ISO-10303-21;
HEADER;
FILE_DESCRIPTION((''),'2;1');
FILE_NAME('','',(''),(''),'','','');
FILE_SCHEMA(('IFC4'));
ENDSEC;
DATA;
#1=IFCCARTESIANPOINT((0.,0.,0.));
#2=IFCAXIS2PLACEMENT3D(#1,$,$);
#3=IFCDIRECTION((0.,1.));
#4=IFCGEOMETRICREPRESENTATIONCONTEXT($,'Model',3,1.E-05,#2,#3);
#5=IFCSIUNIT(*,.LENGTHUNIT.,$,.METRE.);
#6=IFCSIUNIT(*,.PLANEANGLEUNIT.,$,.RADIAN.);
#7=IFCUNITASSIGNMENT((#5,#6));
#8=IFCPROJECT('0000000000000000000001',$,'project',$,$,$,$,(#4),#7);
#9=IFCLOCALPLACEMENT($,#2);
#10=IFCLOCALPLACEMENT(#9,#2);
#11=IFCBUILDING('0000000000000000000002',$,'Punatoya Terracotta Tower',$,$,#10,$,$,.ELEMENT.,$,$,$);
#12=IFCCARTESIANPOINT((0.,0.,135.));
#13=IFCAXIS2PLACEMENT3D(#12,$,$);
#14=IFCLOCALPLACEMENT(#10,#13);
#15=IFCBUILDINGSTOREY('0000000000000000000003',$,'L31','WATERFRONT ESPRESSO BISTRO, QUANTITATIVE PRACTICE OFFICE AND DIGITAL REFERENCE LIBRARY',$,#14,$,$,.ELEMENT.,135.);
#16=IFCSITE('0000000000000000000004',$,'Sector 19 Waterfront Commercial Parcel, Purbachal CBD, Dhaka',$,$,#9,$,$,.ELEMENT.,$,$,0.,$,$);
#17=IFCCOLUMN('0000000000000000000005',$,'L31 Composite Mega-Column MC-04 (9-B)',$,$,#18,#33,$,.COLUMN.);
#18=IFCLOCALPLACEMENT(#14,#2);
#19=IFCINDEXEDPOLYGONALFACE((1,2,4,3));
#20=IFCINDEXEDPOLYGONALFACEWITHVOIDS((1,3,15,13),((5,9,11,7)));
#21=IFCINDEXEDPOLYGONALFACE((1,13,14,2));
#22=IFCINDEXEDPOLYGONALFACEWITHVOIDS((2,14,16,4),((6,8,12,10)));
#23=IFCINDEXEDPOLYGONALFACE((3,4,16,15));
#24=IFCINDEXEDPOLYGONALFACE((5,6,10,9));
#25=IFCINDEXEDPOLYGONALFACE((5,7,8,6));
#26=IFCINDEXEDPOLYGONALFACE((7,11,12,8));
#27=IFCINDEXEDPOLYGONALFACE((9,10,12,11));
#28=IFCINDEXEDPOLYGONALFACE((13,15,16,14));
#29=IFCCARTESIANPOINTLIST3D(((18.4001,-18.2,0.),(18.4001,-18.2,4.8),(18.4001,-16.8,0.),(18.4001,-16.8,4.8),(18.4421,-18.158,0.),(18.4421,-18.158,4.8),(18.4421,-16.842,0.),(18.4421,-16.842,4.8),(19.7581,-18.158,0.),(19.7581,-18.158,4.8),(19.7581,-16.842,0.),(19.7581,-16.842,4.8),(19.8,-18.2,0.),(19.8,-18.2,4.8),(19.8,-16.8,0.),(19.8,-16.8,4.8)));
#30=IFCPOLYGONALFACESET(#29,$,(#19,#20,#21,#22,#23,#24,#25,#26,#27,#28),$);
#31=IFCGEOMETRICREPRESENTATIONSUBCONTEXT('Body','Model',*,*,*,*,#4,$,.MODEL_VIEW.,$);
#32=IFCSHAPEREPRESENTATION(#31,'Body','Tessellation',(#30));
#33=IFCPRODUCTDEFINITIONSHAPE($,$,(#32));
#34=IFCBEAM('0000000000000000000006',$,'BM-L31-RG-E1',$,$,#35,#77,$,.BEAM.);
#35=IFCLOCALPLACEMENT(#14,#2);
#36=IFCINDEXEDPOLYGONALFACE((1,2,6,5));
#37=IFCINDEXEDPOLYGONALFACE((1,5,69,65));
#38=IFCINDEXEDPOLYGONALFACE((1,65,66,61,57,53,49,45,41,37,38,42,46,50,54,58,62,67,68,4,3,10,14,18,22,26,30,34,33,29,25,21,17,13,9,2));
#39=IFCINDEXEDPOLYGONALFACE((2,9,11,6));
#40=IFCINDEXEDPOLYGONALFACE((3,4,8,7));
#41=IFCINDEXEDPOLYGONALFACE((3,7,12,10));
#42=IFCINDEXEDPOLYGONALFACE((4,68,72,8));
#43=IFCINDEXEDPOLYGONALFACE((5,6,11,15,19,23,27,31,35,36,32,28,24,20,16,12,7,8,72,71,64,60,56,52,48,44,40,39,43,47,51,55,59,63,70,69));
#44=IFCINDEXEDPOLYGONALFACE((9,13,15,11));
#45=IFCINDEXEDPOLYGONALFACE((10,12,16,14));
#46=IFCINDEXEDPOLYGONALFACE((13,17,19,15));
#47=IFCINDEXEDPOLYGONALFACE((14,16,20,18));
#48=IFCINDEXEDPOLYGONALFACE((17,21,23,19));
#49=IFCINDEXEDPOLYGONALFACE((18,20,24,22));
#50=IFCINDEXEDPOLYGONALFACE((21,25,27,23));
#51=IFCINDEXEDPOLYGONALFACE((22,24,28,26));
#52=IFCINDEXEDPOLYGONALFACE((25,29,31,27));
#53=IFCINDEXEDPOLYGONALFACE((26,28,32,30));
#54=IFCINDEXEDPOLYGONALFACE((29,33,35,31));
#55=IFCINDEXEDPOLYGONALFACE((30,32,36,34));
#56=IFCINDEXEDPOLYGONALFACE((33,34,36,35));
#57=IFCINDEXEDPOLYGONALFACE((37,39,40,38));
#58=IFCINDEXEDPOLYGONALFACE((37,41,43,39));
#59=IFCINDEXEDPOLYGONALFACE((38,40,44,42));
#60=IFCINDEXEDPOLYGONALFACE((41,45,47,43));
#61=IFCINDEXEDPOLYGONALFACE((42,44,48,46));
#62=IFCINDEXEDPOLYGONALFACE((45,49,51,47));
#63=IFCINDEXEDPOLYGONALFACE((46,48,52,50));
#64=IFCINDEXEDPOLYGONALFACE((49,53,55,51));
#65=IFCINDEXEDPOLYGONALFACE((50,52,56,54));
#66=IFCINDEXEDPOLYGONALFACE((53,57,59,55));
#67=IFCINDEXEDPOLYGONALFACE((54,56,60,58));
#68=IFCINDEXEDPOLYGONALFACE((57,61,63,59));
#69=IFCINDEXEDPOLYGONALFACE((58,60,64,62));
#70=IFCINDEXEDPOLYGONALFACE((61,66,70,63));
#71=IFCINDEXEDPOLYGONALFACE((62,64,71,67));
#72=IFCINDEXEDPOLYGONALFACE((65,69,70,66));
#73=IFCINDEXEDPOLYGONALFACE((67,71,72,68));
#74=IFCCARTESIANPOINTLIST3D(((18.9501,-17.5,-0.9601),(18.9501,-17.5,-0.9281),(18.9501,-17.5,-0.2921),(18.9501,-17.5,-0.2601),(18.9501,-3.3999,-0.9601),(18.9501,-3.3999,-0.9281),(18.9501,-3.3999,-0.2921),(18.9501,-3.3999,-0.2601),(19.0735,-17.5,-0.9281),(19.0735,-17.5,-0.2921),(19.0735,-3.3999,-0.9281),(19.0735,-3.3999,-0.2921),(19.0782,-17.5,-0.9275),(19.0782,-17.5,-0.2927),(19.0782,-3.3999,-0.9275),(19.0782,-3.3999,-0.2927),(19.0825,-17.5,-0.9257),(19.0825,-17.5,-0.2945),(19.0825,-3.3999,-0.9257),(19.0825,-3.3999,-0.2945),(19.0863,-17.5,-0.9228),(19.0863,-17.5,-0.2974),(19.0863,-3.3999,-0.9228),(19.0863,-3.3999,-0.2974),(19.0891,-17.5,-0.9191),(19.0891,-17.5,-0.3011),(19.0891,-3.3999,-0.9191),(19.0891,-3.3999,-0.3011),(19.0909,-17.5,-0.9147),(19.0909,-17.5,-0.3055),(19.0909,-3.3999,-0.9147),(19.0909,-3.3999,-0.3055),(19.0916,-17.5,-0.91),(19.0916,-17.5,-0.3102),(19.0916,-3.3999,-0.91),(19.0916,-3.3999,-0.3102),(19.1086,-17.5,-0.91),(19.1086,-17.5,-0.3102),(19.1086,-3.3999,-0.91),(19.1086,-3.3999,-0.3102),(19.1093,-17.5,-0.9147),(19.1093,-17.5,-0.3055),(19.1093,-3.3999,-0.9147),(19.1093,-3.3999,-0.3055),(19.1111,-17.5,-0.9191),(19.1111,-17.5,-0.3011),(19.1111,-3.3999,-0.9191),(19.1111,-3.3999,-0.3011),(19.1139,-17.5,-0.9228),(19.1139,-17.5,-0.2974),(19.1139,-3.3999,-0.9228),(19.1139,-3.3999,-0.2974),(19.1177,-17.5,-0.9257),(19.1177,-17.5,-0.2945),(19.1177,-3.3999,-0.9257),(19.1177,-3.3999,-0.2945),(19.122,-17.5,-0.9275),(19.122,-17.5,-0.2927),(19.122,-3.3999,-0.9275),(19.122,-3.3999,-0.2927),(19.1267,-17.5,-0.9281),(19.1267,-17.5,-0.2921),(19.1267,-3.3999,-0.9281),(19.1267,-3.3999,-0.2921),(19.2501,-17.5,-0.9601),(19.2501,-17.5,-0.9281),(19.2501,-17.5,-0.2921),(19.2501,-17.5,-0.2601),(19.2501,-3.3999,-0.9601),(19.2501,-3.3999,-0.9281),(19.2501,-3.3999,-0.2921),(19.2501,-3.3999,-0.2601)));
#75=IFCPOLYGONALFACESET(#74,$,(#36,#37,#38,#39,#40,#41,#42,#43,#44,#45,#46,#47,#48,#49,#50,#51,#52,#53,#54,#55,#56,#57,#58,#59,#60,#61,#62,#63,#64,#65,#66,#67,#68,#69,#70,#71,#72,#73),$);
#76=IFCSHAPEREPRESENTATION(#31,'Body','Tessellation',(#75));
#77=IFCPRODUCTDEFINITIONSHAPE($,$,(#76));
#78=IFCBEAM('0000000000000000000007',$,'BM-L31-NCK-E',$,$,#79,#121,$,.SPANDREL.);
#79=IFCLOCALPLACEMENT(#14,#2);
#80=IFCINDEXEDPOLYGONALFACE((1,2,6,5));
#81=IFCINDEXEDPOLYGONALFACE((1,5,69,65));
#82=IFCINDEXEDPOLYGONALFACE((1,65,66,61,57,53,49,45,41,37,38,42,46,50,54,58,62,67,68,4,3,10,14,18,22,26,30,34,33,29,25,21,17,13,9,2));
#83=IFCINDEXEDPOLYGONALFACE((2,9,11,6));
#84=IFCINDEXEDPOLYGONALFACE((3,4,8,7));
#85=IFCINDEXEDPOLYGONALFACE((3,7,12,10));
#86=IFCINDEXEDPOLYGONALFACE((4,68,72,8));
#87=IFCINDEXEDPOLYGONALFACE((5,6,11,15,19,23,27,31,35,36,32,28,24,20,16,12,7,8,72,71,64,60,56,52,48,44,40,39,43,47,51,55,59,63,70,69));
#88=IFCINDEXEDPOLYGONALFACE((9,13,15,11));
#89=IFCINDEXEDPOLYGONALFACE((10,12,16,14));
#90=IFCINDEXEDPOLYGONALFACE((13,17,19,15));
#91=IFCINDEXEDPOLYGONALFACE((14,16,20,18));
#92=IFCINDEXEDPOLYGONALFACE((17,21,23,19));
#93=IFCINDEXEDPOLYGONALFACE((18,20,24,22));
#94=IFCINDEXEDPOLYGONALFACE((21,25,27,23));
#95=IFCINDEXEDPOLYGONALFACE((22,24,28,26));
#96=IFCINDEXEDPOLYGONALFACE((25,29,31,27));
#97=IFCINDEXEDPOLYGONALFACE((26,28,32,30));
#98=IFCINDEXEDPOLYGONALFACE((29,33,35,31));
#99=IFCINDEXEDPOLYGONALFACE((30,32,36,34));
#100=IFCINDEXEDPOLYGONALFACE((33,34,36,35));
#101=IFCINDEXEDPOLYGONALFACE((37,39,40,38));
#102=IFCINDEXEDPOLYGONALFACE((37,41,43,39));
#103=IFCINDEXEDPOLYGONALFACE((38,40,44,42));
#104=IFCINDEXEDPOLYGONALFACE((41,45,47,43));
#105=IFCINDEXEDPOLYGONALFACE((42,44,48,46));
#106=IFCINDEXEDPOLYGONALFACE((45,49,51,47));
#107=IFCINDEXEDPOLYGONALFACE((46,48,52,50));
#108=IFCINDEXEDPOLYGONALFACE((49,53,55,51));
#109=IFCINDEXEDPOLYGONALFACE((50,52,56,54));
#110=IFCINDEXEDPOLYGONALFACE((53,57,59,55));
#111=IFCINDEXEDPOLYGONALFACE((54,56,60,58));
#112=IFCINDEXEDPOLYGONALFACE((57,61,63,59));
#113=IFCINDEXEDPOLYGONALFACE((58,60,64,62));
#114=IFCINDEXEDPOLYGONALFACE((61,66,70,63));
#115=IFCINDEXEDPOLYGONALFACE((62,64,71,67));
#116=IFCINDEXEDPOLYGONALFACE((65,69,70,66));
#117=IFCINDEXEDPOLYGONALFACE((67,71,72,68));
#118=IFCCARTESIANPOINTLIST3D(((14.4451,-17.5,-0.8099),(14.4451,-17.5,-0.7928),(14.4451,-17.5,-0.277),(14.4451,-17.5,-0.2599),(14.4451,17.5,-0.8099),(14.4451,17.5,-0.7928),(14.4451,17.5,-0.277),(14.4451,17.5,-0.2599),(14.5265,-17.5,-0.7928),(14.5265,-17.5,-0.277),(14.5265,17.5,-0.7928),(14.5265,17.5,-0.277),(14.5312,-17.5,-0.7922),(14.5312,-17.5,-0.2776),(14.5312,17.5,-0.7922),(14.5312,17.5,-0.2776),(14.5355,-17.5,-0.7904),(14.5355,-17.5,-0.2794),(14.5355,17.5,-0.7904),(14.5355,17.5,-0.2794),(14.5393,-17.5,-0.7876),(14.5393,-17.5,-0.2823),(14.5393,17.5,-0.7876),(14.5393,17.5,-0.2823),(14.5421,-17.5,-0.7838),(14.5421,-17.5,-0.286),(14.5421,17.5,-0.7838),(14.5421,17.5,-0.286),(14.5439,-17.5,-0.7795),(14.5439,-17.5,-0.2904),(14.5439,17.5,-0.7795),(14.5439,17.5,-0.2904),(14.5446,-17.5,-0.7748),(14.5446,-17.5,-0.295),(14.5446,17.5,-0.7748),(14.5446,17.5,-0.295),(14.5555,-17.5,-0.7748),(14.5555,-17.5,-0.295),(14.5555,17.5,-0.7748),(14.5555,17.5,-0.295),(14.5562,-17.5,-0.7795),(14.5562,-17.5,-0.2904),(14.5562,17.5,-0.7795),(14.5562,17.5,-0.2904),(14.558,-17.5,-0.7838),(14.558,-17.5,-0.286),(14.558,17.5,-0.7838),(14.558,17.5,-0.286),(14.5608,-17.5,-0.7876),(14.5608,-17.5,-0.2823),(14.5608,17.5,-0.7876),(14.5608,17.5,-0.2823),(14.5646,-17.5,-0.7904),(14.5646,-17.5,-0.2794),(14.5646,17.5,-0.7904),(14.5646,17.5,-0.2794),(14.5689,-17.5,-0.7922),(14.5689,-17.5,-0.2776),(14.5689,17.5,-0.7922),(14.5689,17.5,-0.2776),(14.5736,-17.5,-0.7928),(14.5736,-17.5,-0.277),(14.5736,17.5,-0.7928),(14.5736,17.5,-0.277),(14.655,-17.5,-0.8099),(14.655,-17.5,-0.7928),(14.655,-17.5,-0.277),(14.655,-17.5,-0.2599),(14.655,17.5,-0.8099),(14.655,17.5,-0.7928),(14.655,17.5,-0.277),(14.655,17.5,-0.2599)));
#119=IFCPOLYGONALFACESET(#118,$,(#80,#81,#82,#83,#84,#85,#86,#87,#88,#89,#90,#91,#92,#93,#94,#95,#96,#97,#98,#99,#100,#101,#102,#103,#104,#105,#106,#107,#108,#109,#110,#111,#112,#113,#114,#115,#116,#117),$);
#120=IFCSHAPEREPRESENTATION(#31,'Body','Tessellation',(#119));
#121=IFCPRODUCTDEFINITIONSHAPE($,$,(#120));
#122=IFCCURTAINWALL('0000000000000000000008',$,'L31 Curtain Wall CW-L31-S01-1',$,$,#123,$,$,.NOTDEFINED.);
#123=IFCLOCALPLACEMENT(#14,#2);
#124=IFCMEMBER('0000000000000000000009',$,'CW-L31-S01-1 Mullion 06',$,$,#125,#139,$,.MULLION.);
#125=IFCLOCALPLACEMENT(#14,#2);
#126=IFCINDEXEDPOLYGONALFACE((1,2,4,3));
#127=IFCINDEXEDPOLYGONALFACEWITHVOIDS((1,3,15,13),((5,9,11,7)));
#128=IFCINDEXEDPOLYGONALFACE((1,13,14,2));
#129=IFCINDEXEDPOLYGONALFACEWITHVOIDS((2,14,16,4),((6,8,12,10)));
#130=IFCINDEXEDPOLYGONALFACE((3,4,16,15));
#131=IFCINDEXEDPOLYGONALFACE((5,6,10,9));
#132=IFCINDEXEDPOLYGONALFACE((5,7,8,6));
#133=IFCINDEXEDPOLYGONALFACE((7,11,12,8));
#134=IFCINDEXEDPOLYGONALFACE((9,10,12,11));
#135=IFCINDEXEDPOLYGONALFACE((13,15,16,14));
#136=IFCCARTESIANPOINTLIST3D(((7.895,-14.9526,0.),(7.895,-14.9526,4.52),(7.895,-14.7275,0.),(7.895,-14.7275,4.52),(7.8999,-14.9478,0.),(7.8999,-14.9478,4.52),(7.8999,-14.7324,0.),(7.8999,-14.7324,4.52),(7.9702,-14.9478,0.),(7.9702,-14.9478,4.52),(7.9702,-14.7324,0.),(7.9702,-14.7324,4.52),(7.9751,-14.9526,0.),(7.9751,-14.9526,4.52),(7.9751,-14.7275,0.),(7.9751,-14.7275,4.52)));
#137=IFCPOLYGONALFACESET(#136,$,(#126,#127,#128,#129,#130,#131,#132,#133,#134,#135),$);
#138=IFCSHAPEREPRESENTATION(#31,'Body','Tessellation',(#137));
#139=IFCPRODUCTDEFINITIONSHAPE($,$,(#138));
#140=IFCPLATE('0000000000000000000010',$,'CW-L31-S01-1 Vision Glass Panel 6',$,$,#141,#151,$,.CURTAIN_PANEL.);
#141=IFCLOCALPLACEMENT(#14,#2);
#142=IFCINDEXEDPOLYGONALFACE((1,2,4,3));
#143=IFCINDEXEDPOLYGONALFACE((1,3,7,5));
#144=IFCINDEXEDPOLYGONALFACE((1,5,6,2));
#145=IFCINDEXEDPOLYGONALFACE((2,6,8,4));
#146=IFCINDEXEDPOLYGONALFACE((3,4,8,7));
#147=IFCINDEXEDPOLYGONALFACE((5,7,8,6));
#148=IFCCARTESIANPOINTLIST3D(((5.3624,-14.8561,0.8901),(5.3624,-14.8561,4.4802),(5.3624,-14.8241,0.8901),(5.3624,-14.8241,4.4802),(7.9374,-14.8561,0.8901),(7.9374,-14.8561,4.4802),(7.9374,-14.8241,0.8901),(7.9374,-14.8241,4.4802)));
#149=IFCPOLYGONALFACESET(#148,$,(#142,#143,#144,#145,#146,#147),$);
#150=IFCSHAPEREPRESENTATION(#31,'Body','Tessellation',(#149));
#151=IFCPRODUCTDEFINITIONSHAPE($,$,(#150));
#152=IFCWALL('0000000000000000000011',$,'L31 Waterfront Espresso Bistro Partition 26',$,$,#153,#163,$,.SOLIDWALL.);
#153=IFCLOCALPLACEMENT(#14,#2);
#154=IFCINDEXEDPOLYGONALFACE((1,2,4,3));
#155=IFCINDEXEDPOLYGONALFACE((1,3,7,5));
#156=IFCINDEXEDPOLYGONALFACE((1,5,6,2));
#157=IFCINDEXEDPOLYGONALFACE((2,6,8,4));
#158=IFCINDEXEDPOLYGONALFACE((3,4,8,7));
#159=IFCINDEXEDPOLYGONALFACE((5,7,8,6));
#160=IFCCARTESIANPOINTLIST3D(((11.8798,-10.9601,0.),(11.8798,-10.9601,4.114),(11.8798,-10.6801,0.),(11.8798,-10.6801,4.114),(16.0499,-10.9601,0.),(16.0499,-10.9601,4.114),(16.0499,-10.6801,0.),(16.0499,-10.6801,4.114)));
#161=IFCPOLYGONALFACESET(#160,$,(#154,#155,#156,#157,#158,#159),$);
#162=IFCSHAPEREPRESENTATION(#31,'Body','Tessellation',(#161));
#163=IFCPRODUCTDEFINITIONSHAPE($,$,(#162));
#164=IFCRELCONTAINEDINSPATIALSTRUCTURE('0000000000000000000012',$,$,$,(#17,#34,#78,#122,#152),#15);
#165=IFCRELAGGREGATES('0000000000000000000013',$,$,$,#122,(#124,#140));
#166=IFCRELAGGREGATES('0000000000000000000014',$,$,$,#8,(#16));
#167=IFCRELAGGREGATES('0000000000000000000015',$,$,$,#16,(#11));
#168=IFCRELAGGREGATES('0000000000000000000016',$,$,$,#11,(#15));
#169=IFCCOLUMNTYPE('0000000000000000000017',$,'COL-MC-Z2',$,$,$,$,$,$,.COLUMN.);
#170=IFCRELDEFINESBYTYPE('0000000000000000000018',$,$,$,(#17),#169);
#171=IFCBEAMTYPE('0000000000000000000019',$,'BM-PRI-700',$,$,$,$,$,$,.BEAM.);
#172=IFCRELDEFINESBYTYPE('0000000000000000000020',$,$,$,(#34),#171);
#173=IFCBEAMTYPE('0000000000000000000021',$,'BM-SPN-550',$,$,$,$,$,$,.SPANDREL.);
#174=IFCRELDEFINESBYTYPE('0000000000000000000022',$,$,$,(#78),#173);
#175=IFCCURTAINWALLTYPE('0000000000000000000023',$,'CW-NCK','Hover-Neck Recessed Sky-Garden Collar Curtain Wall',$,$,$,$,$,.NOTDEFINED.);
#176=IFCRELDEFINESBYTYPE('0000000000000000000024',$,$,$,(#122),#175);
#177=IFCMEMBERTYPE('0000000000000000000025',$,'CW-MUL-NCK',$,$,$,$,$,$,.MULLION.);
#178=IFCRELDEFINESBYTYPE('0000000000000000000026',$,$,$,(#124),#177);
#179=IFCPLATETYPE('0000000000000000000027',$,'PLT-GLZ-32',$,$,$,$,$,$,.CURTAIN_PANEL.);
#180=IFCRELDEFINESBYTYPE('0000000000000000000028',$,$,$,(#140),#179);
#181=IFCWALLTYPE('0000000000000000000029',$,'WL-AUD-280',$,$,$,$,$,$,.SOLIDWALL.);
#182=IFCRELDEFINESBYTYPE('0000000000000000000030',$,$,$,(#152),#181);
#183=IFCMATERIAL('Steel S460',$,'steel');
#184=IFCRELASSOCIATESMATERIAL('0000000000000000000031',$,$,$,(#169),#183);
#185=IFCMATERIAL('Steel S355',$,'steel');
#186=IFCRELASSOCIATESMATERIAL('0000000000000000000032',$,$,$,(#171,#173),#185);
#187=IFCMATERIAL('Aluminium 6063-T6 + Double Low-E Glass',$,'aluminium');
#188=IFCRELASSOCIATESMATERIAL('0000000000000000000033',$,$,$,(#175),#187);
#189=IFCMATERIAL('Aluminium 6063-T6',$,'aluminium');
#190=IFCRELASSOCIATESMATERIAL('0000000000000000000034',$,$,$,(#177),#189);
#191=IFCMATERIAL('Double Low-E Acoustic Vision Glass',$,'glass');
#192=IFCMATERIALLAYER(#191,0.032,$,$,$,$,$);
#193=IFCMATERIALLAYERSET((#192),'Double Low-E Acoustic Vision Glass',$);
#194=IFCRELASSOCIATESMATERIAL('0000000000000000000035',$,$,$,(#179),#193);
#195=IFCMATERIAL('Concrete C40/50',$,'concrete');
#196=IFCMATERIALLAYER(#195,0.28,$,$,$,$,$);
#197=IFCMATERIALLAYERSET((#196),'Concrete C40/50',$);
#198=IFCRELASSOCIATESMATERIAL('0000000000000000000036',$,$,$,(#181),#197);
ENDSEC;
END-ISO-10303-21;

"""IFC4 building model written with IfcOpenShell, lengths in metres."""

from ifc_helpers import new_model, si_unit, direction, frame, frame_2d, origin, origin_2d, place, context, subcontext, project, spatial, rectangle, hollow_rectangle, i_section, extrude, material, layer, layer_set, material_profile, profile_set, type_object, element, aggregate, save


model = new_model("IFC4")

# Units and contexts
model_context = context("Model", 3, precision=1e-05, world=origin(), true_north=direction((0.0, 1.0)))
body_context = subcontext(model_context, "Body", "Model", "MODEL_VIEW")
ifc_project = project(units=[si_unit("LENGTHUNIT", "METRE"), si_unit("PLANEANGLEUNIT", "RADIAN")], contexts=[model_context])

# Site, building, storey
site_placement = place(None, origin())
site = spatial("IfcSite", under=ifc_project, at=site_placement, Name="Sector 19 Waterfront Commercial Parcel, Purbachal CBD, Dhaka", CompositionType="ELEMENT", RefElevation=0.0)
building_placement = place(site_placement, origin())
building = spatial("IfcBuilding", under=site, at=building_placement, Name="Punatoya Terracotta Tower", CompositionType="ELEMENT")
storey_placement = place(building_placement, frame((0.0, 0.0, 135.0)))
storey = spatial("IfcBuildingStorey", under=building, at=storey_placement, Name="L31", Description="WATERFRONT ESPRESSO BISTRO, QUANTITATIVE PRACTICE OFFICE AND DIGITAL REFERENCE LIBRARY", CompositionType="ELEMENT", Elevation=135.0)

# Column
ifc_material_1 = material(Name="Steel S460", Category="steel")
ifc_material_profile_1 = material_profile(ifc_material_1, hollow_rectangle(XDim=1.3999, YDim=1.3999, WallThickness=0.042, at=origin_2d()))
ifc_profile_set_1 = profile_set([ifc_material_profile_1], Name="Steel S460")
column_type = type_object("IfcColumnType", Name="COL-MC-Z2", PredefinedType="COLUMN", material=ifc_profile_set_1)
column_placement = place(storey_placement, frame((19.1001, -17.5, 0.0), z_axis=(0.0, 0.0, 1.0), x_axis=(1.0, 0.0, 0.0)))
element("IfcColumn", 1, at=column_placement, inside=storey, type_object=column_type, Name="L31 Composite Mega-Column MC-04 (9-B)", PredefinedType="COLUMN", context=body_context, shape_type="SweptSolid", body=[
    extrude(hollow_rectangle(XDim=1.3999, YDim=1.3999, WallThickness=0.042, at=origin_2d()), origin(), (0.0, 0.0, 1.0), 4.8),
])

# Beams
ifc_material_2 = material(Name="Steel S355", Category="steel")
ifc_material_profile_2 = material_profile(ifc_material_2, i_section(OverallWidth=0.3, OverallDepth=0.7, WebThickness=0.0171, FlangeThickness=0.032, FilletRadius=0.0181, at=origin_2d()))
ifc_profile_set_2 = profile_set([ifc_material_profile_2], Name="Steel S355")
beam_type_1 = type_object("IfcBeamType", Name="BM-PRI-700", PredefinedType="BEAM", material=ifc_profile_set_2)
beam_1_placement = place(storey_placement, frame((19.1001, -17.5, -0.6101), z_axis=(0.0, 1.0, 0.0), x_axis=(-1.0, 0.0, 0.0)))
element("IfcBeam", 2, at=beam_1_placement, inside=storey, type_object=beam_type_1, Name="BM-L31-RG-E1", PredefinedType="BEAM", context=body_context, shape_type="SweptSolid", body=[
    extrude(i_section(OverallWidth=0.3, OverallDepth=0.7, WebThickness=0.0171, FlangeThickness=0.032, FilletRadius=0.0181, at=origin_2d()), origin(), (0.0, 0.0, 1.0), 14.1001),
])
ifc_material_profile_3 = material_profile(ifc_material_2, i_section(OverallWidth=0.21, OverallDepth=0.55, WebThickness=0.011, FlangeThickness=0.0171, FilletRadius=0.0181, at=origin_2d()))
ifc_profile_set_3 = profile_set([ifc_material_profile_3], Name="Steel S355")
beam_type_2 = type_object("IfcBeamType", Name="BM-SPN-550", PredefinedType="SPANDREL", material=ifc_profile_set_3)
beam_2_placement = place(storey_placement, frame((14.55, -17.5, -0.5349), z_axis=(0.0, 1.0, 0.0), x_axis=(-1.0, 0.0, 0.0)))
element("IfcBeam", 3, at=beam_2_placement, inside=storey, type_object=beam_type_2, Name="BM-L31-NCK-E", PredefinedType="SPANDREL", context=body_context, shape_type="SweptSolid", body=[
    extrude(i_section(OverallWidth=0.21, OverallDepth=0.55, WebThickness=0.011, FlangeThickness=0.0171, FilletRadius=0.0181, at=origin_2d()), origin(), (0.0, 0.0, 1.0), 35.0),
])

# Curtain wall, member, plate
ifc_material_3 = material(Name="Aluminium 6063-T6 + Double Low-E Glass", Category="aluminium")
curtain_wall_type = type_object("IfcCurtainWallType", Name="CW-NCK", Description="Hover-Neck Recessed Sky-Garden Collar Curtain Wall", PredefinedType="NOTDEFINED", material=ifc_material_3)
curtain_wall_placement = place(storey_placement, origin())
curtain_wall = element("IfcCurtainWall", 4, at=curtain_wall_placement, inside=storey, type_object=curtain_wall_type, Name="L31 Curtain Wall CW-L31-S01-1", PredefinedType="NOTDEFINED")
ifc_material_4 = material(Name="Aluminium 6063-T6", Category="aluminium")
ifc_material_profile_4 = material_profile(ifc_material_4, hollow_rectangle(XDim=0.0801, YDim=0.2251, WallThickness=0.0049, at=origin_2d()))
ifc_profile_set_4 = profile_set([ifc_material_profile_4], Name="Aluminium 6063-T6")
member_type = type_object("IfcMemberType", Name="CW-MUL-NCK", PredefinedType="MULLION", material=ifc_profile_set_4)
member_placement = place(storey_placement, frame((7.9351, -14.8401, 0.0), z_axis=(0.0, 0.0, 1.0), x_axis=(1.0, 0.0, 0.0)))
member = element("IfcMember", 5, at=member_placement, type_object=member_type, Name="CW-L31-S01-1 Mullion 06", PredefinedType="MULLION", context=body_context, shape_type="SweptSolid", body=[
    extrude(hollow_rectangle(XDim=0.0801, YDim=0.2251, WallThickness=0.0049, at=origin_2d()), origin(), (0.0, 0.0, 1.0), 4.52),
])
ifc_material_5 = material(Name="Double Low-E Acoustic Vision Glass", Category="glass")
ifc_layer_1 = layer(ifc_material_5, 0.032)
ifc_layer_set_1 = layer_set([ifc_layer_1], Name="Double Low-E Acoustic Vision Glass")
plate_type = type_object("IfcPlateType", Name="PLT-GLZ-32", PredefinedType="CURTAIN_PANEL", material=ifc_layer_set_1)
plate_placement = place(storey_placement, frame((6.6499, -14.8401, 0.8901), z_axis=(0.0, 0.0, 1.0), x_axis=(1.0, 0.0, 0.0)))
plate = element("IfcPlate", 6, at=plate_placement, type_object=plate_type, Name="CW-L31-S01-1 Vision Glass Panel 6", PredefinedType="CURTAIN_PANEL", context=body_context, shape_type="SweptSolid", body=[
    extrude(rectangle(XDim=2.575, YDim=0.032, at=origin_2d()), origin(), (0.0, 0.0, 1.0), 3.5901),
])
aggregate(curtain_wall, [member, plate])

# Wall
ifc_material_6 = material(Name="Concrete C40/50", Category="concrete")
ifc_layer_2 = layer(ifc_material_6, 0.28)
ifc_layer_set_2 = layer_set([ifc_layer_2], Name="Concrete C40/50")
wall_type_1 = type_object("IfcWallType", Name="WL-AUD-280", PredefinedType="SOLIDWALL", material=ifc_layer_set_2)
wall_1_placement = place(storey_placement, frame((11.8799, -10.8201, 0.0), z_axis=(0.0, 0.0, 1.0), x_axis=(1.0, 0.0, 0.0)))
element("IfcWall", 7, at=wall_1_placement, inside=storey, type_object=wall_type_1, Name="L31 Waterfront Espresso Bistro Partition 26", PredefinedType="SOLIDWALL", context=body_context, shape_type="SweptSolid", body=[
    extrude(rectangle(XDim=4.1702, YDim=0.28, at=frame_2d((2.085, 0.0))), origin(), (0.0, 0.0, 1.0), 4.114),
])

save(model, "model.ifc")
